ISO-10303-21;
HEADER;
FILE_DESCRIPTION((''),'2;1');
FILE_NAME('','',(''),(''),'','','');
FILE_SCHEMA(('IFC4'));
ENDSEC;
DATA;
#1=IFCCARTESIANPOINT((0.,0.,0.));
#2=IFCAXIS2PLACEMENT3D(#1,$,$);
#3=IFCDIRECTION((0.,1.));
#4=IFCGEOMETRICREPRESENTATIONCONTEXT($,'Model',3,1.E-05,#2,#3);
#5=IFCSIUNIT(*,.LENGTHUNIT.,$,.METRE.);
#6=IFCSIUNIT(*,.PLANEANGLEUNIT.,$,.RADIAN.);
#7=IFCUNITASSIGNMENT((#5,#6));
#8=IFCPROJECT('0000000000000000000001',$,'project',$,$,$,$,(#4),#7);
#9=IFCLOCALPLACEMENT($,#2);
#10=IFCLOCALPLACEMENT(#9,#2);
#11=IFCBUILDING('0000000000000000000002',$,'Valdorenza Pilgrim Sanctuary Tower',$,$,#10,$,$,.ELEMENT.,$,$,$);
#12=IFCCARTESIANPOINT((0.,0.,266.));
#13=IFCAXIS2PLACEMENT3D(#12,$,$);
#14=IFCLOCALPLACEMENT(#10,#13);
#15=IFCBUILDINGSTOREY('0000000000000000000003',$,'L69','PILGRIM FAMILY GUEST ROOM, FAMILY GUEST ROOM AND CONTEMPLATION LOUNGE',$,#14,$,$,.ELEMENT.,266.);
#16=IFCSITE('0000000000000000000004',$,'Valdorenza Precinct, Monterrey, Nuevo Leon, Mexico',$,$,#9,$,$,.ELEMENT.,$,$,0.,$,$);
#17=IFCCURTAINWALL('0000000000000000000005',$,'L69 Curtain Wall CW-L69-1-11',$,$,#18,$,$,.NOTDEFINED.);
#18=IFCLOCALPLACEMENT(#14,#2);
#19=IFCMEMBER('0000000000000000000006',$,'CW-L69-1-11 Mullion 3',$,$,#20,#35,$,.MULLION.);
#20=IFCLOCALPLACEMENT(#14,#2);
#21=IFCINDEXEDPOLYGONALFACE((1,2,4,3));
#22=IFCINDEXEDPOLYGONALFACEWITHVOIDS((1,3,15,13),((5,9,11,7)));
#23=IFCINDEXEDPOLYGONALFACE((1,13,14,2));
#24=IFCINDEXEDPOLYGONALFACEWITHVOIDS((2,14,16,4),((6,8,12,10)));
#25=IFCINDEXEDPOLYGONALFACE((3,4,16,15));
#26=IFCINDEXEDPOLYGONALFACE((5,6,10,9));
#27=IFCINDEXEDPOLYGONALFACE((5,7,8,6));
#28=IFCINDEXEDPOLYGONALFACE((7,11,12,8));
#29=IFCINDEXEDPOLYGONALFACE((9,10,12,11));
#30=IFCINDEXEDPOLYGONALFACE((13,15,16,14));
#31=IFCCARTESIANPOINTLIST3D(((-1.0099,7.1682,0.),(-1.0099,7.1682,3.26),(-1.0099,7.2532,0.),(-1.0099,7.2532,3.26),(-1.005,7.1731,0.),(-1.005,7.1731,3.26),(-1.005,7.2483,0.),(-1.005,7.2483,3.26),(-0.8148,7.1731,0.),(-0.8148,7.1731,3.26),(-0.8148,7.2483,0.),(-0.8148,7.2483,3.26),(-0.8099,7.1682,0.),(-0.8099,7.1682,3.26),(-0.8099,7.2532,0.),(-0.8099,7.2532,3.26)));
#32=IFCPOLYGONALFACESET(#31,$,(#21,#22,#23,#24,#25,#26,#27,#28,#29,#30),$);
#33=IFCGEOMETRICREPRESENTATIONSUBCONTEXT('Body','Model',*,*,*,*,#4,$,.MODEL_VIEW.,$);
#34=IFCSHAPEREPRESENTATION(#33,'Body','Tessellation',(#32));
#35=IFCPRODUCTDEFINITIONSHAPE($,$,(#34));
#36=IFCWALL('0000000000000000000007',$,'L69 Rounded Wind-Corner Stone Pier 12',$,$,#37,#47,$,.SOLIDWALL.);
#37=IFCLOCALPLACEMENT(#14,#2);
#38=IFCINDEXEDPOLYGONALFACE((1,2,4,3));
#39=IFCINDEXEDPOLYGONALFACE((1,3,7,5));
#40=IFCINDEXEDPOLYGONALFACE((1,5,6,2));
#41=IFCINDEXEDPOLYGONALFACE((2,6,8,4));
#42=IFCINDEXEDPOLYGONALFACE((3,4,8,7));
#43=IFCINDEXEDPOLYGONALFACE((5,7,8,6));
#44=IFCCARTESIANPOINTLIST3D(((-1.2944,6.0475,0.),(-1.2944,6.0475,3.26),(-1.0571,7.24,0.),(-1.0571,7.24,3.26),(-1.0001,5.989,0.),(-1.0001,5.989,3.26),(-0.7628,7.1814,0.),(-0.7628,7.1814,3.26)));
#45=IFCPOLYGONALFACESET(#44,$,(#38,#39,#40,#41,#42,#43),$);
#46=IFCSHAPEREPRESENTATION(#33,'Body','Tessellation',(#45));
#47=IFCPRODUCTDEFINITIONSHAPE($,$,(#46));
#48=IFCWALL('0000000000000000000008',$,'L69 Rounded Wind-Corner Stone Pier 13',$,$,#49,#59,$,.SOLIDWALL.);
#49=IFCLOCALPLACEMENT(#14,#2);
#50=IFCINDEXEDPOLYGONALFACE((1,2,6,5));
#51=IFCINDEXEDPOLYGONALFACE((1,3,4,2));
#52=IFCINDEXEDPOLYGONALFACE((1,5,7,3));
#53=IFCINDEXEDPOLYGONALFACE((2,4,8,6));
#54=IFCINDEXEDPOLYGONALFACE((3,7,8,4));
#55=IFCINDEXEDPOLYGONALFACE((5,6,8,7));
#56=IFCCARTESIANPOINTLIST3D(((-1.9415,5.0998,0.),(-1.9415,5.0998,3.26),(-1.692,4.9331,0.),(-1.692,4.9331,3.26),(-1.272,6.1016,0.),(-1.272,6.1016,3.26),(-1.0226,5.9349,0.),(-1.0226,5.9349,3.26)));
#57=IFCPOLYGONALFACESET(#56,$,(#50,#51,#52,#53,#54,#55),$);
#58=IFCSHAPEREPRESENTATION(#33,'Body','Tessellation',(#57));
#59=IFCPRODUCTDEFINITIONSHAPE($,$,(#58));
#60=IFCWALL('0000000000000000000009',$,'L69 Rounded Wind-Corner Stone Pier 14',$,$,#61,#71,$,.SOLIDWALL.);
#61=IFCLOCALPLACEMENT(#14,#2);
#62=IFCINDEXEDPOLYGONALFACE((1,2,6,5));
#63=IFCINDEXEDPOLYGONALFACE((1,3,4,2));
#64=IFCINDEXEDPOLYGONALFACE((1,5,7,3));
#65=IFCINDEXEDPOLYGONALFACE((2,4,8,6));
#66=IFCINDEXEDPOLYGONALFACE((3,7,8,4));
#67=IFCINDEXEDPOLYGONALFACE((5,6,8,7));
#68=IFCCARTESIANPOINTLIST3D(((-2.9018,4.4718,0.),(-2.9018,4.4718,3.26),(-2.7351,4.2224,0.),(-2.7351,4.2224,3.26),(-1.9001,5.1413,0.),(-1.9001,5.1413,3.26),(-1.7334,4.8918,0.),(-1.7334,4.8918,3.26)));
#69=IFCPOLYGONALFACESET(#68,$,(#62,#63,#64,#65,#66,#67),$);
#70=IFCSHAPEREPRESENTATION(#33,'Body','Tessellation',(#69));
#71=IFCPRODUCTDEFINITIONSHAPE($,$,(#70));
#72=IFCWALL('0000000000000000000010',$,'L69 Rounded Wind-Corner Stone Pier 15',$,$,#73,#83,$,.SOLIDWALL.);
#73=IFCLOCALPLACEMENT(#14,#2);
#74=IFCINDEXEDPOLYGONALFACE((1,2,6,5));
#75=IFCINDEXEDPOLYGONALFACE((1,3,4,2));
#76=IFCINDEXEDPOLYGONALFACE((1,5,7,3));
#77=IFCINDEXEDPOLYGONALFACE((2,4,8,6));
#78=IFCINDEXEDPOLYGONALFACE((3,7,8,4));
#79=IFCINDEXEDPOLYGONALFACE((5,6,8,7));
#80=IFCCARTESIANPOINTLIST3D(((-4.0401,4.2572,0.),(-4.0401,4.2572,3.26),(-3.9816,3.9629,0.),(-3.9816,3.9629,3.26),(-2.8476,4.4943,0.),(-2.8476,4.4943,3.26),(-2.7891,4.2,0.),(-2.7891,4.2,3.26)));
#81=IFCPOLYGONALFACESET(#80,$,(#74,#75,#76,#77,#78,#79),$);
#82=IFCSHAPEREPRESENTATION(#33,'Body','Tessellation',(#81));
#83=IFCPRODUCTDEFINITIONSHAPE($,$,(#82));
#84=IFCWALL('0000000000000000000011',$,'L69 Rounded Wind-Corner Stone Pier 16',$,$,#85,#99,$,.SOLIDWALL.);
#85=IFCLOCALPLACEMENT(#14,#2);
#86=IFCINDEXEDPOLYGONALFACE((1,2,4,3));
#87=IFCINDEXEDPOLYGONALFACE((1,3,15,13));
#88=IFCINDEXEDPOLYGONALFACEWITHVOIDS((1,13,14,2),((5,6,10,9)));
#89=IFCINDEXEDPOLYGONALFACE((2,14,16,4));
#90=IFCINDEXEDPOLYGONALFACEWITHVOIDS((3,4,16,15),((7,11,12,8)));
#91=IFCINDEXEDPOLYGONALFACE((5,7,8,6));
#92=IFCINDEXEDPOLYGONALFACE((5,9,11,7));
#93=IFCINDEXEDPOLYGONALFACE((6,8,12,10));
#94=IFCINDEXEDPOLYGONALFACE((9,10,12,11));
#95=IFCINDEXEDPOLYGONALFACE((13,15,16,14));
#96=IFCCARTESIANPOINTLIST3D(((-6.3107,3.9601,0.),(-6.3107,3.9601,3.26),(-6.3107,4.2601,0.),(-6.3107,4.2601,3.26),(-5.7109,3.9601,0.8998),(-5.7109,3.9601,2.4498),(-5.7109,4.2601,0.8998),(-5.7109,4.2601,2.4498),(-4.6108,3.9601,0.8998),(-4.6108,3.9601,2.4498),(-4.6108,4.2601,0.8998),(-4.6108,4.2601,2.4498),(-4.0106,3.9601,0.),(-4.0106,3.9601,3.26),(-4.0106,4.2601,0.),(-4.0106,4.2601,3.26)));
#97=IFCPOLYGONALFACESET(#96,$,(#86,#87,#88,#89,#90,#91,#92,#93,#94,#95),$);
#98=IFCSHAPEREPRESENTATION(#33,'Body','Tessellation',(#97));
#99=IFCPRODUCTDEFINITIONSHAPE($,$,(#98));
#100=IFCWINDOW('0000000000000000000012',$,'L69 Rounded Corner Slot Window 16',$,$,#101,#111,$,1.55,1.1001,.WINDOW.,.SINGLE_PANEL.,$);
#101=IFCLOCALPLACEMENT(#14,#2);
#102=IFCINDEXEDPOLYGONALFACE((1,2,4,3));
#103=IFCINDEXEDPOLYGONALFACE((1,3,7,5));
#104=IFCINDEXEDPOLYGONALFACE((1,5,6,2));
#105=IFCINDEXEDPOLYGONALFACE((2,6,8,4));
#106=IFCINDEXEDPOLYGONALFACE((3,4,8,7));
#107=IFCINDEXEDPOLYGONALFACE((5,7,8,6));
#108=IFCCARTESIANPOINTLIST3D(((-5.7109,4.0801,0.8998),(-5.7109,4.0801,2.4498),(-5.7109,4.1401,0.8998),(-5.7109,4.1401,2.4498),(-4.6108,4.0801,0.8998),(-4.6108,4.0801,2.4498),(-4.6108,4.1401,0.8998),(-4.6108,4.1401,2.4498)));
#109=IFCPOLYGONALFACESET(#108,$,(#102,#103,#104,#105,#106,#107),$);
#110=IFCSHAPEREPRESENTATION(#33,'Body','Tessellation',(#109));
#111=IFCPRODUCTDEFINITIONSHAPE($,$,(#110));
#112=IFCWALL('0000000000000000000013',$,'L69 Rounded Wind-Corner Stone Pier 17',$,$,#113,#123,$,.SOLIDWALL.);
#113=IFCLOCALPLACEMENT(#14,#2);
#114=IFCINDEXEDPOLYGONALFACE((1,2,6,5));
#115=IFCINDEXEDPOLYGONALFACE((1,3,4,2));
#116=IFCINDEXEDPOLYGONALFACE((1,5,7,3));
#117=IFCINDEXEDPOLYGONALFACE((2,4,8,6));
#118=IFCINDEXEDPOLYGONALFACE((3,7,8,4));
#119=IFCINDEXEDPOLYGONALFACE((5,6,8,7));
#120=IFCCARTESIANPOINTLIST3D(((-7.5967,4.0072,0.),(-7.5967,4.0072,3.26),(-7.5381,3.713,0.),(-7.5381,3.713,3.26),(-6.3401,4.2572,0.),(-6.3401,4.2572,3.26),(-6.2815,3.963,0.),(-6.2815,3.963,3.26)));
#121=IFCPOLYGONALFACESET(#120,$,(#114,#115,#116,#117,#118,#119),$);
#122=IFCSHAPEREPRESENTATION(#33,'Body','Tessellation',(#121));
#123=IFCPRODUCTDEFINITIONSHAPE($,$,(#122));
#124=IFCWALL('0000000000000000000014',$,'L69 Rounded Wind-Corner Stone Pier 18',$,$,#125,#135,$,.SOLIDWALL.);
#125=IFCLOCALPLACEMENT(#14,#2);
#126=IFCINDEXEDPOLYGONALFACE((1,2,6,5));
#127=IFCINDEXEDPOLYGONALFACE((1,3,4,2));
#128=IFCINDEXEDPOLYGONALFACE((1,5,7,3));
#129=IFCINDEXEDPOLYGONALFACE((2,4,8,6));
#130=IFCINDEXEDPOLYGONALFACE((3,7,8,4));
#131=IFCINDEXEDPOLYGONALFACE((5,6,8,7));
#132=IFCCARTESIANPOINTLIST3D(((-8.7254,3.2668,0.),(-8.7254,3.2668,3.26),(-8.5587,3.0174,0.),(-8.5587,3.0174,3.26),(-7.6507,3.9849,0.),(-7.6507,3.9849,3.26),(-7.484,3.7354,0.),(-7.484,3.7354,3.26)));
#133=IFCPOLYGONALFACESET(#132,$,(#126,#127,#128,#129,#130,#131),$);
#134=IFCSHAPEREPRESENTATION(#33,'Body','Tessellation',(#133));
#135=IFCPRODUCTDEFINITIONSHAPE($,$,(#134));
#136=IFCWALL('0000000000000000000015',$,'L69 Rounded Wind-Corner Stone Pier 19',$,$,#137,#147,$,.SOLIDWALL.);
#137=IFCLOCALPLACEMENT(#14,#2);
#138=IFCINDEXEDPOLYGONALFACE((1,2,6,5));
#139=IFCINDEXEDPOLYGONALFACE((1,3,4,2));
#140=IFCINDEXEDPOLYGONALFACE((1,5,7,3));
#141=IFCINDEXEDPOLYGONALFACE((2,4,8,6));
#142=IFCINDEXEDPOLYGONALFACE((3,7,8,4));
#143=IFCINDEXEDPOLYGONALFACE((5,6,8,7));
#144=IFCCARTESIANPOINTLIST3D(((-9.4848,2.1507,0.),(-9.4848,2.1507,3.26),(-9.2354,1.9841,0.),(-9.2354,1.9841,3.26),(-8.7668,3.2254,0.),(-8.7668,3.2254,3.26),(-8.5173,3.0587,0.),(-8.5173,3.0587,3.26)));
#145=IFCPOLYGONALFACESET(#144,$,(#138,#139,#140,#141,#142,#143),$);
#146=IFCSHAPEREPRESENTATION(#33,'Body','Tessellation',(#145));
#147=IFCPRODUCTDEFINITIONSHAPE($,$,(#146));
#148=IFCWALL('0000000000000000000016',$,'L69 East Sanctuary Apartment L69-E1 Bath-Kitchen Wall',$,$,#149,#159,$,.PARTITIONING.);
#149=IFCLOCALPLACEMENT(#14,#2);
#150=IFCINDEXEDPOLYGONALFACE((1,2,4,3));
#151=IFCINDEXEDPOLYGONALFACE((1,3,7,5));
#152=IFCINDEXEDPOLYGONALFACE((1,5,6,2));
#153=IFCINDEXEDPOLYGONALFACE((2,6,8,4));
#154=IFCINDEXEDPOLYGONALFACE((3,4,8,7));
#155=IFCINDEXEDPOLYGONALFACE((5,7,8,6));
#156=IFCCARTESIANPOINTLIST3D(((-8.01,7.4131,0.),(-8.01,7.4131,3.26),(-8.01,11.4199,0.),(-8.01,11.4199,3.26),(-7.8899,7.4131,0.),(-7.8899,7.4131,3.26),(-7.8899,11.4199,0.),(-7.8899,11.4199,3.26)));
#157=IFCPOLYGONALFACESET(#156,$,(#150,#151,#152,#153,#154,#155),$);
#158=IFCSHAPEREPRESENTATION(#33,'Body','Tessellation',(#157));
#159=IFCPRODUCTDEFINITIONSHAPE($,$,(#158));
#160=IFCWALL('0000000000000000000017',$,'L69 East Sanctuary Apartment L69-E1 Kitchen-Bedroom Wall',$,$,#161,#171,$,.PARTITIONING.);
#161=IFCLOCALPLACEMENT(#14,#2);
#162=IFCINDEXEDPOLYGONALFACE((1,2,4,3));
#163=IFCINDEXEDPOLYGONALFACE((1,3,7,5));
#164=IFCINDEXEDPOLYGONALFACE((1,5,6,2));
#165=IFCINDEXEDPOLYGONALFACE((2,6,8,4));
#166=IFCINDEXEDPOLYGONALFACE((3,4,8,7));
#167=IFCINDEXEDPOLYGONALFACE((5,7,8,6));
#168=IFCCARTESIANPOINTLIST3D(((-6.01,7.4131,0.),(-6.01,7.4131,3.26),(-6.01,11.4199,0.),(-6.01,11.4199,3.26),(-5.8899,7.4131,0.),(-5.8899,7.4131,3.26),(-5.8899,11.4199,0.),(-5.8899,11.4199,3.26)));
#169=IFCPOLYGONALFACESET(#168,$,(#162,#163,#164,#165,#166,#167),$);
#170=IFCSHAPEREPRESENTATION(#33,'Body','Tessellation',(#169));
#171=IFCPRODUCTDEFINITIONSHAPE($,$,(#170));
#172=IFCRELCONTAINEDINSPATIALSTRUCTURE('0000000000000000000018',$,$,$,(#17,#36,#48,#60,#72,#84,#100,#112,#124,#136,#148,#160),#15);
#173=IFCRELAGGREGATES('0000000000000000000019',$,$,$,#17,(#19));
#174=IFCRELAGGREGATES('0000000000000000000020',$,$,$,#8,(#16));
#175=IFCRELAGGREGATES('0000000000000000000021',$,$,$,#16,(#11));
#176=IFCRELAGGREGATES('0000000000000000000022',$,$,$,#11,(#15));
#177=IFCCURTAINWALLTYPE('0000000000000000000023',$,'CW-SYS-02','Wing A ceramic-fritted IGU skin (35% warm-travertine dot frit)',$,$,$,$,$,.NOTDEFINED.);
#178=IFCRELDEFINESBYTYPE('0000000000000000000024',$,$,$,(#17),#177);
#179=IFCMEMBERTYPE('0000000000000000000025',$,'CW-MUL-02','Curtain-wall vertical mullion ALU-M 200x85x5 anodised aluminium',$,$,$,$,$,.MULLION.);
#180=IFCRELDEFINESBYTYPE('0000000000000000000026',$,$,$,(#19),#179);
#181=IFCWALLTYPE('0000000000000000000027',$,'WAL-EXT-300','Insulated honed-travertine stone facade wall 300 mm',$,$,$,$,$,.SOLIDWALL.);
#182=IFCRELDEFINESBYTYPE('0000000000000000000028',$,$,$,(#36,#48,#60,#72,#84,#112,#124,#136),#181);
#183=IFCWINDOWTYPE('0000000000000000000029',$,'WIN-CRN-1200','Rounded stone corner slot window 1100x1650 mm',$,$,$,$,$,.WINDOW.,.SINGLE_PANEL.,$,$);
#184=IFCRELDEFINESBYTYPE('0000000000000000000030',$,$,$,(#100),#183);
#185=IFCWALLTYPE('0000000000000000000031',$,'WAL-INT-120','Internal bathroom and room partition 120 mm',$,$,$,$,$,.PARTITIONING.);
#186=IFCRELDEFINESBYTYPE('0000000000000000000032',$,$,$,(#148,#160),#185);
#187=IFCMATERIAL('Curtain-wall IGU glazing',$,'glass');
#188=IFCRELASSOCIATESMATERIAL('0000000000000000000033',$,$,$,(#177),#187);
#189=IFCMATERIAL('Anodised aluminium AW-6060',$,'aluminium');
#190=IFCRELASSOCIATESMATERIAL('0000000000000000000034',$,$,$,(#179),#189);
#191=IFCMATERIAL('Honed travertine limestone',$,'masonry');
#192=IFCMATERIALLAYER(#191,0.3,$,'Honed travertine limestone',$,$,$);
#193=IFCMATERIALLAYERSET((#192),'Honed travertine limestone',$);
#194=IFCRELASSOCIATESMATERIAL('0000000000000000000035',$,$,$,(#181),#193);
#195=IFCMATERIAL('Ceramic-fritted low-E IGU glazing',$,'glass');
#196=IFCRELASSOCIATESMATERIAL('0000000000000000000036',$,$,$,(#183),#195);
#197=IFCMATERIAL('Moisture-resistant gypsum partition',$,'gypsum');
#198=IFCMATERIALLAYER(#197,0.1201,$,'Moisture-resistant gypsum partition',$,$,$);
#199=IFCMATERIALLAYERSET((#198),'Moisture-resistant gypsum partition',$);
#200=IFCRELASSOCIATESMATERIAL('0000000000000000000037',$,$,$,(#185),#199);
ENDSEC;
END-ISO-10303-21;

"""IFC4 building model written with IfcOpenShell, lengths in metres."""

from ifc_helpers import new_model, si_unit, direction, frame, frame_2d, origin, origin_2d, place, context, subcontext, project, spatial, rectangle, hollow_rectangle, extrude, source, transform, mapped, material, layer, layer_set, material_profile, profile_set, type_object, element, fill, aggregate, save


model = new_model("IFC4")

# Units and contexts
model_context = context("Model", 3, precision=1e-05, world=origin(), true_north=direction((0.0, 1.0)))
body_context = subcontext(model_context, "Body", "Model", "MODEL_VIEW")
ifc_project = project(units=[si_unit("LENGTHUNIT", "METRE"), si_unit("PLANEANGLEUNIT", "RADIAN")], contexts=[model_context])

# Site, building, storey
site_placement = place(None, origin())
site = spatial("IfcSite", under=ifc_project, at=site_placement, Name="Valdorenza Precinct, Monterrey, Nuevo Leon, Mexico", CompositionType="ELEMENT", RefElevation=0.0)
building_placement = place(site_placement, origin())
building = spatial("IfcBuilding", under=site, at=building_placement, Name="Valdorenza Pilgrim Sanctuary Tower", CompositionType="ELEMENT")
storey_placement = place(building_placement, frame((0.0, 0.0, 266.0)))
storey = spatial("IfcBuildingStorey", under=building, at=storey_placement, Name="L69", Description="PILGRIM FAMILY GUEST ROOM, FAMILY GUEST ROOM AND CONTEMPLATION LOUNGE", CompositionType="ELEMENT", Elevation=266.0)

# Curtain wall, member
ifc_material_1 = material(Name="Curtain-wall IGU glazing", Category="glass")
curtain_wall_type = type_object("IfcCurtainWallType", Name="CW-SYS-02", Description="Wing A ceramic-fritted IGU skin (35% warm-travertine dot frit)", PredefinedType="NOTDEFINED", material=ifc_material_1)
curtain_wall_placement = place(storey_placement, origin())
curtain_wall = element("IfcCurtainWall", 1, at=curtain_wall_placement, inside=storey, type_object=curtain_wall_type, Name="L69 Curtain Wall CW-L69-1-11", PredefinedType="NOTDEFINED")
ifc_material_2 = material(Name="Anodised aluminium AW-6060", Category="aluminium")
ifc_material_profile = material_profile(ifc_material_2, hollow_rectangle(XDim=0.085, YDim=0.2, WallThickness=0.0049, at=origin_2d()), Name="ALU-M 200x85x5")
ifc_profile_set = profile_set([ifc_material_profile], Name="Anodised aluminium AW-6060")
member_type = type_object("IfcMemberType", Name="CW-MUL-02", Description="Curtain-wall vertical mullion ALU-M 200x85x5 anodised aluminium", PredefinedType="MULLION", material=ifc_profile_set)
shared_shape = source(origin(), body_context, "Body", "SweptSolid", [
    extrude(hollow_rectangle(XDim=0.085, YDim=0.2, WallThickness=0.0049, at=origin_2d()), origin(), (0.0, 0.0, 1.0), 3.26),
])
member_placement = place(storey_placement, frame((-0.9099, 7.2107, 0.0), z_axis=(0.0, 0.0, 1.0), x_axis=(0.0, -1.0, 0.0)))
member = element("IfcMember", 2, at=member_placement, type_object=member_type, Name="CW-L69-1-11 Mullion 3", PredefinedType="MULLION", context=body_context, shape_type="MappedRepresentation", body=[
    mapped(shared_shape, transform((0.0, 0.0, 0.0), x_axis=(1.0, 0.0, 0.0), y_axis=(0.0, 1.0, 0.0), z_axis=(0.0, 0.0, 1.0), scale=1.0)),
])
aggregate(curtain_wall, [member])

# Walls
ifc_material_3 = material(Name="Honed travertine limestone", Category="masonry")
ifc_layer_1 = layer(ifc_material_3, 0.3, Name="Honed travertine limestone")
ifc_layer_set_1 = layer_set([ifc_layer_1], Name="Honed travertine limestone")
wall_type_1 = type_object("IfcWallType", Name="WAL-EXT-300", Description="Insulated honed-travertine stone facade wall 300 mm", PredefinedType="SOLIDWALL", material=ifc_layer_set_1)
wall_1_placement = place(storey_placement, frame((-0.9099, 7.2107, 0.0), z_axis=(0.0, 0.0, 1.0), x_axis=(-0.195189, -0.980766, 0.0)))
element("IfcWall", 3, at=wall_1_placement, inside=storey, type_object=wall_type_1, Name="L69 Rounded Wind-Corner Stone Pier 12", PredefinedType="SOLIDWALL", context=body_context, shape_type="SweptSolid", body=[
    extrude(rectangle(XDim=1.2158, YDim=0.3, at=frame_2d((0.6079, 0.0))), origin(), (0.0, 0.0, 1.0), 3.26),
])
for number, where, z_axis, x_axis, name in (
    (4, (-1.1472, 6.0183, 0.0), (0.0, 0.0, 1.0), (-0.555635, -0.831426, 0.0), "L69 Rounded Wind-Corner Stone Pier 13"),
    (5, (-1.8167, 5.0166, 0.0), (0.0, 0.0, 1.0), (-0.831426, -0.555635, 0.0), "L69 Rounded Wind-Corner Stone Pier 14"),
):
    element("IfcWall", number, at=place(storey_placement, frame(where, z_axis=z_axis, x_axis=x_axis)), inside=storey, type_object=wall_type_1, Name=name, PredefinedType="SOLIDWALL", context=body_context, shape_type="SweptSolid", body=[
        extrude(rectangle(XDim=1.2048, YDim=0.3, at=frame_2d((0.6025, 0.0))), origin(), (0.0, 0.0, 1.0), 3.26),
    ])
wall_2_placement = place(storey_placement, frame((-2.8184, 4.3472, 0.0), z_axis=(0.0, 0.0, 1.0), x_axis=(-0.980804, -0.194996, 0.0)))
element("IfcWall", 6, at=wall_2_placement, inside=storey, type_object=wall_type_1, Name="L69 Rounded Wind-Corner Stone Pier 15", PredefinedType="SOLIDWALL", context=body_context, shape_type="SweptSolid", body=[
    extrude(rectangle(XDim=1.2158, YDim=0.3, at=frame_2d((0.6079, 0.0))), origin(), (0.0, 0.0, 1.0), 3.26),
])

# Wall, opening, window
wall_3_placement = place(storey_placement, frame((-4.0107, 4.1101, 0.0), z_axis=(0.0, 0.0, 1.0), x_axis=(-1.0, 0.0, 0.0)))
wall_3 = element("IfcWall", 7, at=wall_3_placement, inside=storey, type_object=wall_type_1, Name="L69 Rounded Wind-Corner Stone Pier 16", PredefinedType="SOLIDWALL", context=body_context, shape_type="SweptSolid", body=[
    extrude(rectangle(XDim=2.3, YDim=0.3, at=frame_2d((1.1499, 0.0))), origin(), (0.0, 0.0, 1.0), 3.26),
])
opening_1_placement = place(wall_3_placement, frame((0.6001, 0.0, 0.8999)))
opening_1 = element("IfcOpeningElement", 8, at=opening_1_placement, cuts=wall_3, PredefinedType="OPENING", context=body_context, shape_type="SweptSolid", body=[
    extrude(rectangle(XDim=1.1001, YDim=1.55, at=frame_2d((0.55, 0.7749))), frame((0.0, 0.165, 0.0), z_axis=(0.0, -1.0, 0.0), x_axis=(1.0, 0.0, 0.0)), (0.0, 0.0, 1.0), 0.3298),
])
ifc_material_4 = material(Name="Ceramic-fritted low-E IGU glazing", Category="glass")
window_type = type_object("IfcWindowType", Name="WIN-CRN-1200", Description="Rounded stone corner slot window 1100x1650 mm", PartitioningType="SINGLE_PANEL", PredefinedType="WINDOW", material=ifc_material_4)
window_placement = place(opening_1_placement, origin())
window = element("IfcWindow", 9, at=window_placement, inside=storey, type_object=window_type, Name="L69 Rounded Corner Slot Window 16", OverallHeight=1.55, OverallWidth=1.1001, PartitioningType="SINGLE_PANEL", PredefinedType="WINDOW", context=body_context, shape_type="SweptSolid", body=[
    extrude(rectangle(XDim=1.1001, YDim=1.55, at=frame_2d((0.55, 0.7749))), frame((0.0, 0.03, 0.0), z_axis=(0.0, -1.0, 0.0), x_axis=(1.0, 0.0, 0.0)), (0.0, 0.0, 1.0), 0.0601),
])
fill(opening_1, window)

# Walls
wall_4_placement = place(storey_placement, frame((-6.3108, 4.1101, 0.0), z_axis=(0.0, 0.0, 1.0), x_axis=(-0.980778, -0.195127, 0.0)))
element("IfcWall", 10, at=wall_4_placement, inside=storey, type_object=wall_type_1, Name="L69 Rounded Wind-Corner Stone Pier 17", PredefinedType="SOLIDWALL", context=body_context, shape_type="SweptSolid", body=[
    extrude(rectangle(XDim=1.2812, YDim=0.3, at=frame_2d((0.6406, 0.0))), origin(), (0.0, 0.0, 1.0), 3.26),
])
for number, where, z_axis, x_axis, name in (
    (11, (-7.5674, 3.8601, 0.0), (0.0, 0.0, 1.0), (-0.831498, -0.555528, 0.0), "L69 Rounded Wind-Corner Stone Pier 18"),
    (12, (-8.6421, 3.1421, 0.0), (0.0, 0.0, 1.0), (-0.555528, -0.831498, 0.0), "L69 Rounded Wind-Corner Stone Pier 19"),
):
    element("IfcWall", number, at=place(storey_placement, frame(where, z_axis=z_axis, x_axis=x_axis)), inside=storey, type_object=wall_type_1, Name=name, PredefinedType="SOLIDWALL", context=body_context, shape_type="SweptSolid", body=[
        extrude(rectangle(XDim=1.2925, YDim=0.3, at=frame_2d((0.6462, 0.0))), origin(), (0.0, 0.0, 1.0), 3.26),
    ])
ifc_material_5 = material(Name="Moisture-resistant gypsum partition", Category="gypsum")
ifc_layer_2 = layer(ifc_material_5, 0.1201, Name="Moisture-resistant gypsum partition")
ifc_layer_set_2 = layer_set([ifc_layer_2], Name="Moisture-resistant gypsum partition")
wall_type_2 = type_object("IfcWallType", Name="WAL-INT-120", Description="Internal bathroom and room partition 120 mm", PredefinedType="PARTITIONING", material=ifc_layer_set_2)
for number, where, z_axis, x_axis, name in (
    (13, (-7.95, 7.4131, 0.0), (0.0, 0.0, 1.0), (0.0, 1.0, 0.0), "L69 East Sanctuary Apartment L69-E1 Bath-Kitchen Wall"),
    (14, (-5.95, 7.4131, 0.0), (0.0, 0.0, 1.0), (0.0, 1.0, 0.0), "L69 East Sanctuary Apartment L69-E1 Kitchen-Bedroom Wall"),
):
    element("IfcWall", number, at=place(storey_placement, frame(where, z_axis=z_axis, x_axis=x_axis)), inside=storey, type_object=wall_type_2, Name=name, PredefinedType="PARTITIONING", context=body_context, shape_type="SweptSolid", body=[
        extrude(rectangle(XDim=4.0068, YDim=0.1201, at=frame_2d((2.0034, 0.0))), origin(), (0.0, 0.0, 1.0), 3.26),
    ])

save(model, "model.ifc")
